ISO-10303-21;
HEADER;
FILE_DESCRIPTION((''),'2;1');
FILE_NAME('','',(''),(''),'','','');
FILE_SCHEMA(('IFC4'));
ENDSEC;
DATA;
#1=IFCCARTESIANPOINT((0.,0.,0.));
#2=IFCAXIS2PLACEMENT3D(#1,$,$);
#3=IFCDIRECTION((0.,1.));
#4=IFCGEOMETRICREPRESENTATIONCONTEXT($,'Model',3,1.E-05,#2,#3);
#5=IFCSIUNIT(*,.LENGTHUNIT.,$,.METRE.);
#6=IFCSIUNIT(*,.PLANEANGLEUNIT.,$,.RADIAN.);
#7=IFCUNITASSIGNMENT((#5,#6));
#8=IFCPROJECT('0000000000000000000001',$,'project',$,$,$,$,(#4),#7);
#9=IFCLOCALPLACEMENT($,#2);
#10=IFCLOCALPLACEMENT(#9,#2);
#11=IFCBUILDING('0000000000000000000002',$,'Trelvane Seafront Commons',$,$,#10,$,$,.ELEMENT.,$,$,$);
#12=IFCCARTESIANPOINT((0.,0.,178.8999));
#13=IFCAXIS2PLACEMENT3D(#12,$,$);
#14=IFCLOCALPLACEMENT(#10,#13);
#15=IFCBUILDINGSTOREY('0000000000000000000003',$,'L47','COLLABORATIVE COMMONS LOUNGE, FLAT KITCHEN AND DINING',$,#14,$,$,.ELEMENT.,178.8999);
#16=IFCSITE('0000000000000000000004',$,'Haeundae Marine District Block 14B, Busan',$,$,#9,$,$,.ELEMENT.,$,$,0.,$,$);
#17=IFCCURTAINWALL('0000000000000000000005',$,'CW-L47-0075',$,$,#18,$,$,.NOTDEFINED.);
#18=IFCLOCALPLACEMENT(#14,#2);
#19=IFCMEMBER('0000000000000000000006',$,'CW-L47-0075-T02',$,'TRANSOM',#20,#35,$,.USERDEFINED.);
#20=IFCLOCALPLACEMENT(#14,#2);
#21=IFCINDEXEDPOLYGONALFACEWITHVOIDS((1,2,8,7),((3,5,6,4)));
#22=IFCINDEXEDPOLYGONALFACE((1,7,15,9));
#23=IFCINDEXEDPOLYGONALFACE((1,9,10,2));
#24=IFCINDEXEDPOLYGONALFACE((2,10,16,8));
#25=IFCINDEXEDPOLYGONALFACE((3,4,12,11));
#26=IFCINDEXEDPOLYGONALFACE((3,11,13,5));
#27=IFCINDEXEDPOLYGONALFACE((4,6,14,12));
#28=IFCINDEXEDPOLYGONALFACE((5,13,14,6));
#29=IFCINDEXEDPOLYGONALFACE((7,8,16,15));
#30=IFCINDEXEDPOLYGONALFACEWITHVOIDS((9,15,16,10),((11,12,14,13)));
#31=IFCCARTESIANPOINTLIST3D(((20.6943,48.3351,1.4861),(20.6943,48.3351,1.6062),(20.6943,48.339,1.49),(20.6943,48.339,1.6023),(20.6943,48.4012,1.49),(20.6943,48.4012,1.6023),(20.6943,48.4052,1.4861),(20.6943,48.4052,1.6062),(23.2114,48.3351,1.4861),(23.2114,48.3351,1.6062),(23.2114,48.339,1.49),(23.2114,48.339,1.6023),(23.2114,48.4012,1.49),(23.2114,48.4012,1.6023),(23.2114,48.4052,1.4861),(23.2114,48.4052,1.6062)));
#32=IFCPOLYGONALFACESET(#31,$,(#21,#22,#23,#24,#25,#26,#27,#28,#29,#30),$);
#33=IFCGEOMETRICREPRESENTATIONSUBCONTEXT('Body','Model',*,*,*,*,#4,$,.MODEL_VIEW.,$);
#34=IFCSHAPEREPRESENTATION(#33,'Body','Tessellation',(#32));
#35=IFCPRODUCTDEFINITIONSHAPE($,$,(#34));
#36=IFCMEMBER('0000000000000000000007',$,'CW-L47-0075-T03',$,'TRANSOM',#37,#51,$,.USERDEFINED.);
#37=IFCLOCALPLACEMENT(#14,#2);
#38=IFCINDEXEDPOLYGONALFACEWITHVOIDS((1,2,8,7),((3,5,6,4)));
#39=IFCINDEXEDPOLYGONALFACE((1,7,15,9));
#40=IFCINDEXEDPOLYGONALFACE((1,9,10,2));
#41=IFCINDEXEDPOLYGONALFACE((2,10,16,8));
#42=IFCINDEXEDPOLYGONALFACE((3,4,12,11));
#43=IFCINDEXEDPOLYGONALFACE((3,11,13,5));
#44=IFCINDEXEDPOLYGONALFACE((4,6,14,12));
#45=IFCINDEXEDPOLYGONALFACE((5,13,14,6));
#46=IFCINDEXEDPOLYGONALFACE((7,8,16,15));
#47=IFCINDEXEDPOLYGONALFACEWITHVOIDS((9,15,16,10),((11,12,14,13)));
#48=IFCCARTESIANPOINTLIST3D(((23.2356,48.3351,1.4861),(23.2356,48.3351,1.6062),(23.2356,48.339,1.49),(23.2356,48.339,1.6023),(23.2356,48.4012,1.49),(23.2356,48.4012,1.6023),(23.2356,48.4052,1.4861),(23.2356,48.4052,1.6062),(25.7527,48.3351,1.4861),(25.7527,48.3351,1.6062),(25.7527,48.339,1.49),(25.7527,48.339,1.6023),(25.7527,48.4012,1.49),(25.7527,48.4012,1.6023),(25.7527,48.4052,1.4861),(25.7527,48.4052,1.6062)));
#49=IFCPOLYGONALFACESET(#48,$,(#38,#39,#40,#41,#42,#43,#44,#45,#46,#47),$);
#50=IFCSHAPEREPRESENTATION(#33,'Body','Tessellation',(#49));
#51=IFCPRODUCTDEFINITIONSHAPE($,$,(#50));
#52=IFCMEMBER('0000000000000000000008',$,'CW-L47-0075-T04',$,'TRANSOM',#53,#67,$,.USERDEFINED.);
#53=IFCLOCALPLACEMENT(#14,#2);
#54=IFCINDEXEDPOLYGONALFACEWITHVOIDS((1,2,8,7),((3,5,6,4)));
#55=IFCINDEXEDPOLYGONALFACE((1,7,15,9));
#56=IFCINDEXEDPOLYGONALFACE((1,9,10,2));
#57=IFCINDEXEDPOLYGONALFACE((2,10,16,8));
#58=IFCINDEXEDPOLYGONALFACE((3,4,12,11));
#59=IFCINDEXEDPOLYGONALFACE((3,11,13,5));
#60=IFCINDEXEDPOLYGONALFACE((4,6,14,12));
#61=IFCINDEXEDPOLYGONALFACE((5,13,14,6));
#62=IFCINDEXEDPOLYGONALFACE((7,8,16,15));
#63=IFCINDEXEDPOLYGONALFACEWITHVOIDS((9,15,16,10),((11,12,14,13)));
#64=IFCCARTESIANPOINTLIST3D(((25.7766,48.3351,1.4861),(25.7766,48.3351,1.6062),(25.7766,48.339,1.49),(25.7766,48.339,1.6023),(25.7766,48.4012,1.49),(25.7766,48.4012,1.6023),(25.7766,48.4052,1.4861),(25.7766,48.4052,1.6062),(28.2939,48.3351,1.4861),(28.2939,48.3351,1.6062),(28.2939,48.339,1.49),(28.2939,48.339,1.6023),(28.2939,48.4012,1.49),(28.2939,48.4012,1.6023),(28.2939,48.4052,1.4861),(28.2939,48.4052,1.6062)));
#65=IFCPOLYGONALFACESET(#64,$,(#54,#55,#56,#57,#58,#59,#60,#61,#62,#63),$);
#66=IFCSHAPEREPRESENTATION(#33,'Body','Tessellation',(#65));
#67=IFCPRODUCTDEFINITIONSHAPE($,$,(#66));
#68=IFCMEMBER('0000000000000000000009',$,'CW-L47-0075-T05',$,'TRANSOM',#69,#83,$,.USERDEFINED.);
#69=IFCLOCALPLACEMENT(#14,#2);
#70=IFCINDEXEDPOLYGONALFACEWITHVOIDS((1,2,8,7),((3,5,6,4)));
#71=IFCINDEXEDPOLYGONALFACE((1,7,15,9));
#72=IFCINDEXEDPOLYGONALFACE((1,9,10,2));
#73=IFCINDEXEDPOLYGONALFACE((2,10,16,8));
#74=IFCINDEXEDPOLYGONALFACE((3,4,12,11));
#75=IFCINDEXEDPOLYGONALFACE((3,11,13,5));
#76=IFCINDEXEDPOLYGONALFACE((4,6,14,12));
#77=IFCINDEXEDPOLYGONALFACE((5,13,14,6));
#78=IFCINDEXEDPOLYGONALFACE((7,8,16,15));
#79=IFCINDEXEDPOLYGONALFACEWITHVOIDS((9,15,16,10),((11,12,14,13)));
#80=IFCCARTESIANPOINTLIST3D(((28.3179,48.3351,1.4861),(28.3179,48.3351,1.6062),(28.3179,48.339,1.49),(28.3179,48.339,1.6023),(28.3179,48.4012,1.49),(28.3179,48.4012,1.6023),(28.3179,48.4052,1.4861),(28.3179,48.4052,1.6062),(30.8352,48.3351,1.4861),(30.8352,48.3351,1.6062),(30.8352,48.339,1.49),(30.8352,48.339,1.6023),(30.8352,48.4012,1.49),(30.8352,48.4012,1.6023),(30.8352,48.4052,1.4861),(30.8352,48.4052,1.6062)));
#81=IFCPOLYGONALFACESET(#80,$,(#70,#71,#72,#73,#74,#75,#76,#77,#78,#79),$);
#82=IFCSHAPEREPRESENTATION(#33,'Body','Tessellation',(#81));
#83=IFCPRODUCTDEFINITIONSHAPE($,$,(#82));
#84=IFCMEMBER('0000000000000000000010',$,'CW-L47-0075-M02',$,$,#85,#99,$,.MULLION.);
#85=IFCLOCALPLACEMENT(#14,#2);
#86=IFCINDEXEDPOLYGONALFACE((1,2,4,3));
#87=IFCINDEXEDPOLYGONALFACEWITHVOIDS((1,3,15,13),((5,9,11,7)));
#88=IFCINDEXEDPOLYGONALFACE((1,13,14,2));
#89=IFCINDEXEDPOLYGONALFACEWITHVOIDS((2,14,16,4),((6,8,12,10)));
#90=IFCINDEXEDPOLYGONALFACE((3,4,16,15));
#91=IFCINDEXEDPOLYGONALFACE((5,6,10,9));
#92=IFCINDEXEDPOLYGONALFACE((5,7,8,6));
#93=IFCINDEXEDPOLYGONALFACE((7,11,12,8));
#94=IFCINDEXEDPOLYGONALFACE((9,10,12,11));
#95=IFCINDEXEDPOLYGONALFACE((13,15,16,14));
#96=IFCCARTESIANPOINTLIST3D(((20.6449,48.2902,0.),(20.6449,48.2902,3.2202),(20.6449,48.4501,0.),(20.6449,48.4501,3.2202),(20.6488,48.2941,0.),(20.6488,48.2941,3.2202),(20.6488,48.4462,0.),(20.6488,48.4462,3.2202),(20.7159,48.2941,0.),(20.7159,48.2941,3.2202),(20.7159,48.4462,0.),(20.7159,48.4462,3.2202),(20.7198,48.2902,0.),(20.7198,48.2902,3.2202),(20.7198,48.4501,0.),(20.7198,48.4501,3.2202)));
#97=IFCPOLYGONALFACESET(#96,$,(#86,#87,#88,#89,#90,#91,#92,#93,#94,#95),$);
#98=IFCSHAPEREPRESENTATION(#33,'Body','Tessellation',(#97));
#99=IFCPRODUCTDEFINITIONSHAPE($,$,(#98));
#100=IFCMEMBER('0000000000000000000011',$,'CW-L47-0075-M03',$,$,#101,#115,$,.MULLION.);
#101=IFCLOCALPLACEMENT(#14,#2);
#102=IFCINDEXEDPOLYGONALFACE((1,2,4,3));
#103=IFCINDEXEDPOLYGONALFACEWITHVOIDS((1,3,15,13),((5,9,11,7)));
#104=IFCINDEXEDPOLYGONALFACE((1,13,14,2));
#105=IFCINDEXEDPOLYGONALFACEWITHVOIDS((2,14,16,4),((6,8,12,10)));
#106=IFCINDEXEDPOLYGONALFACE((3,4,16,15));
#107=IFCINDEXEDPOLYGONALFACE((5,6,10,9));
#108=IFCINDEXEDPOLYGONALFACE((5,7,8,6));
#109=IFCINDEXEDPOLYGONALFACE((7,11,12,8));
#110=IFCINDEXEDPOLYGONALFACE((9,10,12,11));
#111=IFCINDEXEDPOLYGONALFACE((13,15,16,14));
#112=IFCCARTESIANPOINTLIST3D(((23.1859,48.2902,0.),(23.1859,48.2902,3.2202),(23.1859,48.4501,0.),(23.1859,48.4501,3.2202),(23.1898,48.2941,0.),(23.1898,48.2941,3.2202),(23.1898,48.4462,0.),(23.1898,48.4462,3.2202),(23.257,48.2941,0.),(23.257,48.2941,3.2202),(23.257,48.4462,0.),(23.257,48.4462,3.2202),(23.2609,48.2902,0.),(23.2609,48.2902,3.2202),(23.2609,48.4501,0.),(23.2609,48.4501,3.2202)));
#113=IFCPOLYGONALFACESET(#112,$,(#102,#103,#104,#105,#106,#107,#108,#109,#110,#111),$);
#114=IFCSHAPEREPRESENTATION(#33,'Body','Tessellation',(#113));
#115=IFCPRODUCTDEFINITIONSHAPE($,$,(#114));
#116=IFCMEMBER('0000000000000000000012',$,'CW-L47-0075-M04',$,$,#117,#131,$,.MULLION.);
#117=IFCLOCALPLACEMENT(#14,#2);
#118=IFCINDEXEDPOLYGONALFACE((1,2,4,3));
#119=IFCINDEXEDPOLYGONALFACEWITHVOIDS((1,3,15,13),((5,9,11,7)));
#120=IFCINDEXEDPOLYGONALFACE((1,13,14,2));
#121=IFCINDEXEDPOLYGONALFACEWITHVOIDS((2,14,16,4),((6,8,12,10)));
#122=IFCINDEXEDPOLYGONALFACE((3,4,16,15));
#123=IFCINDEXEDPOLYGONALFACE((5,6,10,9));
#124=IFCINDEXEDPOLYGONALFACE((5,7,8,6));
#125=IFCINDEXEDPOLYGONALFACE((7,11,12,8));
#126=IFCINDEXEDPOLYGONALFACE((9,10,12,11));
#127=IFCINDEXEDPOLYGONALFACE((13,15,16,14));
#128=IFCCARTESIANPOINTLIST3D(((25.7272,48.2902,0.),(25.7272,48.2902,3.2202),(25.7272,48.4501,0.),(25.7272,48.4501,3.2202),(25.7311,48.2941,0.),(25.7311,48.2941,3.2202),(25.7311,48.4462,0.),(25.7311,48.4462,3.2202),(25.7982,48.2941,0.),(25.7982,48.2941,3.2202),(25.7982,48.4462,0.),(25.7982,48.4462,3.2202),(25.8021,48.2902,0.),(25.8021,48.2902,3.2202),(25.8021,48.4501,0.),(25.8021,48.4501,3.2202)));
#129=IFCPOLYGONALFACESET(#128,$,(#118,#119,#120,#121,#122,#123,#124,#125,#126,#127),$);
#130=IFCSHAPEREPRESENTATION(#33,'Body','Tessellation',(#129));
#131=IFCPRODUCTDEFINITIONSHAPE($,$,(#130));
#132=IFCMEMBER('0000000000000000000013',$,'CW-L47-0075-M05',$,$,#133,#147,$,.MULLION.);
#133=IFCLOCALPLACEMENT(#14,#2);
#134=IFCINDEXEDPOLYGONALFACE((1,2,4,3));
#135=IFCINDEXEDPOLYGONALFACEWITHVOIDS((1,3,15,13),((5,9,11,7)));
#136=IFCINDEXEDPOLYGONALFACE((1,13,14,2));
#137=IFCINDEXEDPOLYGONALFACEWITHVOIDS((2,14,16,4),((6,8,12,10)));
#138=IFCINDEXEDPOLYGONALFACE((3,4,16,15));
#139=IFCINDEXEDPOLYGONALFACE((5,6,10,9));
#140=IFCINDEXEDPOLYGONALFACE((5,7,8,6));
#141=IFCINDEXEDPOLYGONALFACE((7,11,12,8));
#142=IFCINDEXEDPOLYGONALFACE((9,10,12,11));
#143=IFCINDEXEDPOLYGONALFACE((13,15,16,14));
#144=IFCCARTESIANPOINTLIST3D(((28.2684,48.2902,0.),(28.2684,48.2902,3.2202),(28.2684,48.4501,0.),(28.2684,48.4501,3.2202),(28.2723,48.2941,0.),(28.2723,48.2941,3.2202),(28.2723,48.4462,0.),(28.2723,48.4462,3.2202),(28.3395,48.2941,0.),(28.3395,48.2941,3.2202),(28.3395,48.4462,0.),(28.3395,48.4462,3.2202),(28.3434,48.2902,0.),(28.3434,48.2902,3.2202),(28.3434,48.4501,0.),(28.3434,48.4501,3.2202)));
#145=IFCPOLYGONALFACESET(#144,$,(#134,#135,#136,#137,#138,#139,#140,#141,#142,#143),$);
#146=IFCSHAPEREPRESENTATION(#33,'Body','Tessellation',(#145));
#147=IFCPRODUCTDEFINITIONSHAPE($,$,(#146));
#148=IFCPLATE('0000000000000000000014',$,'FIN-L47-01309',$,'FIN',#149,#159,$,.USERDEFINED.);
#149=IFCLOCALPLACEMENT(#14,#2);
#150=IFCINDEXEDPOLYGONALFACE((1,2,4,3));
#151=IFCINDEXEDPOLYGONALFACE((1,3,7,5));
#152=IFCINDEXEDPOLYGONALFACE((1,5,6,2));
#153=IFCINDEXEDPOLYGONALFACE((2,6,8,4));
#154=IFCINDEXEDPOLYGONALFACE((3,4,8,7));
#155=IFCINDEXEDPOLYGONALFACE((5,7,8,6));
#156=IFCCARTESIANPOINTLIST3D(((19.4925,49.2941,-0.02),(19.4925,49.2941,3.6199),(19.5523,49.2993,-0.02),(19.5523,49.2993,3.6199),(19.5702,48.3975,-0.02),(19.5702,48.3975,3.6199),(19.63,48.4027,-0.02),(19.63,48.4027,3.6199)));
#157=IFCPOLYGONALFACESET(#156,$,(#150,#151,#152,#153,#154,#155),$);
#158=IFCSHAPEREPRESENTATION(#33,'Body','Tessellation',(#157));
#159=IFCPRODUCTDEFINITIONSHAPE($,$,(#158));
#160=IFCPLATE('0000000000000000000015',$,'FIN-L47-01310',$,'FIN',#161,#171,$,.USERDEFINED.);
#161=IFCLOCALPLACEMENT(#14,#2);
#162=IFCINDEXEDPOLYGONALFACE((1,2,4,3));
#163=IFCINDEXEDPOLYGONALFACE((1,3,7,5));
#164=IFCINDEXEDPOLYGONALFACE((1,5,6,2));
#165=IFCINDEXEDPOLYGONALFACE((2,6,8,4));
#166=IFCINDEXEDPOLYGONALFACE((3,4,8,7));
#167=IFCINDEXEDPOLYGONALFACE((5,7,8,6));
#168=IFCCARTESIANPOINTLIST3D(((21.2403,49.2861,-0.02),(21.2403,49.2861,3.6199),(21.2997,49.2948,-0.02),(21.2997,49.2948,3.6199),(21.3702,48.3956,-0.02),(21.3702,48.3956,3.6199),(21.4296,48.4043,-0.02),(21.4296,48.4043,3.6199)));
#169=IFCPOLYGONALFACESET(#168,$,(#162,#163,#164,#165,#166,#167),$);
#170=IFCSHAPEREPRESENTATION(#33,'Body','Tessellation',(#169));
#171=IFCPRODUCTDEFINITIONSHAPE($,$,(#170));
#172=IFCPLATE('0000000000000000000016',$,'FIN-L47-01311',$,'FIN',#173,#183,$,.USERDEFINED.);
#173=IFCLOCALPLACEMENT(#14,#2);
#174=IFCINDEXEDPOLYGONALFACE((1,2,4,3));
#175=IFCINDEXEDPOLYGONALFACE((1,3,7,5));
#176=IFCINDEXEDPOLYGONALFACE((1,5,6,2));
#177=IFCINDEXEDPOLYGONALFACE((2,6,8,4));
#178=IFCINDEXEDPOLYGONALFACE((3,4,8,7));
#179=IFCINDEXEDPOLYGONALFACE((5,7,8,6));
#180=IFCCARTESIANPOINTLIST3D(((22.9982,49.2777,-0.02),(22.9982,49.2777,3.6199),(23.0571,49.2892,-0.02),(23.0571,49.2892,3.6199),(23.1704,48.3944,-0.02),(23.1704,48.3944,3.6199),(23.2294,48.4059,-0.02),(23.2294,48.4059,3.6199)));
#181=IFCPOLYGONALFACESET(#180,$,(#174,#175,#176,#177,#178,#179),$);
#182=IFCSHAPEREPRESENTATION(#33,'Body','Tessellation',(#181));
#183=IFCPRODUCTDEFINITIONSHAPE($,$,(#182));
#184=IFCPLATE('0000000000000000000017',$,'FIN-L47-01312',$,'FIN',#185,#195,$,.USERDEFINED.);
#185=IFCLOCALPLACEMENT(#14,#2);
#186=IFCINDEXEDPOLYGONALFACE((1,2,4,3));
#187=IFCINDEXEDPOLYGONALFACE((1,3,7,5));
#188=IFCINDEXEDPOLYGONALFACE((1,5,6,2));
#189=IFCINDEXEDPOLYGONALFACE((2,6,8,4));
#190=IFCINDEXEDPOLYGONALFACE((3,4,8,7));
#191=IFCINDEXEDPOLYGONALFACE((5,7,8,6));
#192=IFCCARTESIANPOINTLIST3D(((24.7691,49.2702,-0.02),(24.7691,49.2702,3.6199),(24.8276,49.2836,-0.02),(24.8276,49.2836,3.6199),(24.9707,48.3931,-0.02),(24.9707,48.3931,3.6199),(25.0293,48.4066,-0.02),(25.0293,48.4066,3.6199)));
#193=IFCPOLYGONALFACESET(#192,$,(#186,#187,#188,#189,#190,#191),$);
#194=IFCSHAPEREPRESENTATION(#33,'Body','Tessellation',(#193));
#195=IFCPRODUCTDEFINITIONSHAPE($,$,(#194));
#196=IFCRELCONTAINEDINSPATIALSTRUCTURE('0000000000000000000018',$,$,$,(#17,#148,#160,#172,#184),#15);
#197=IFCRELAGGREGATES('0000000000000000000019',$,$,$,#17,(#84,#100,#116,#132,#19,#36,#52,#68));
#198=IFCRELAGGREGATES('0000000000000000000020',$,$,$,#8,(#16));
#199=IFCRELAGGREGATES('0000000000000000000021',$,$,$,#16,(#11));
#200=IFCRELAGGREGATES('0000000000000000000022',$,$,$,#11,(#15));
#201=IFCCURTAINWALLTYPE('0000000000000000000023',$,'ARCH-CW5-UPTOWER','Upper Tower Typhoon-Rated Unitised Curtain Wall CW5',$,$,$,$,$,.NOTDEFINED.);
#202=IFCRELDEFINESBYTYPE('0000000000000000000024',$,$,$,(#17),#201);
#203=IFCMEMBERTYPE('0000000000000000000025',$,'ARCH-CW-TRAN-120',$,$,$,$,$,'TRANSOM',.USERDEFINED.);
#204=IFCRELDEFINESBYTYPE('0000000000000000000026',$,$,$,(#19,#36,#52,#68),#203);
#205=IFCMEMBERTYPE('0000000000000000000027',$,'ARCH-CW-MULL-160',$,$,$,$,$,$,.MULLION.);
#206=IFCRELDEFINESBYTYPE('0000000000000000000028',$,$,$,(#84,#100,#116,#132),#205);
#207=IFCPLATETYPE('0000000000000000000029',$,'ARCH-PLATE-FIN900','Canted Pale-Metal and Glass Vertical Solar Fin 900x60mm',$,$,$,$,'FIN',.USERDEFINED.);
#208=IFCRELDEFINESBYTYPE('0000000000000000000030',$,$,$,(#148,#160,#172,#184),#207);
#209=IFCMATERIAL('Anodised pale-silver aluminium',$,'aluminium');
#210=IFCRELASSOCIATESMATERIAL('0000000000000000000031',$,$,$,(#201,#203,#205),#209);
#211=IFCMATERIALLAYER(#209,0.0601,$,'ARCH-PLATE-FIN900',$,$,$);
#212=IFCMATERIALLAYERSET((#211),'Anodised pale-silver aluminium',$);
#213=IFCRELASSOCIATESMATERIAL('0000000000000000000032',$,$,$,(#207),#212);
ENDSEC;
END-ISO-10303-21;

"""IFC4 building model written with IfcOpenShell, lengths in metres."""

from ifc_helpers import new_model, si_unit, direction, frame, origin, origin_2d, place, context, subcontext, project, spatial, rectangle, hollow_rectangle, extrude, source, transform, mapped, material, layer, layer_set, material_profile, profile_set, type_object, element, aggregate, save


model = new_model("IFC4")

# Units and contexts
model_context = context("Model", 3, precision=1e-05, world=origin(), true_north=direction((0.0, 1.0)))
body_context = subcontext(model_context, "Body", "Model", "MODEL_VIEW")
ifc_project = project(units=[si_unit("LENGTHUNIT", "METRE"), si_unit("PLANEANGLEUNIT", "RADIAN")], contexts=[model_context])

# Site, building, storey
site_placement = place(None, origin())
site = spatial("IfcSite", under=ifc_project, at=site_placement, Name="Haeundae Marine District Block 14B, Busan", CompositionType="ELEMENT", RefElevation=0.0)
building_placement = place(site_placement, origin())
building = spatial("IfcBuilding", under=site, at=building_placement, Name="Trelvane Seafront Commons", CompositionType="ELEMENT")
storey_placement = place(building_placement, frame((0.0, 0.0, 178.8999)))
storey = spatial("IfcBuildingStorey", under=building, at=storey_placement, Name="L47", Description="COLLABORATIVE COMMONS LOUNGE, FLAT KITCHEN AND DINING", CompositionType="ELEMENT", Elevation=178.8999)

# Curtain wall, members
ifc_material_1 = material(Name="Anodised pale-silver aluminium", Category="aluminium")
curtain_wall_type = type_object("IfcCurtainWallType", Name="ARCH-CW5-UPTOWER", Description="Upper Tower Typhoon-Rated Unitised Curtain Wall CW5", PredefinedType="NOTDEFINED", material=ifc_material_1)
curtain_wall_placement = place(storey_placement, origin())
curtain_wall = element("IfcCurtainWall", 1, at=curtain_wall_placement, inside=storey, type_object=curtain_wall_type, Name="CW-L47-0075", PredefinedType="NOTDEFINED")
ifc_material_profile_1 = material_profile(ifc_material_1, hollow_rectangle(XDim=0.0701, YDim=0.1201, WallThickness=0.0039, at=origin_2d()), Name="TRAN-70x120x4")
ifc_profile_set_1 = profile_set([ifc_material_profile_1], Name="Anodised pale-silver aluminium")
member_type_1 = type_object("IfcMemberType", Name="ARCH-CW-TRAN-120", ElementType="TRANSOM", PredefinedType="USERDEFINED", material=ifc_profile_set_1)
shared_shape_1 = source(origin(), body_context, "Body", "SweptSolid", [
    extrude(hollow_rectangle(XDim=0.0701, YDim=0.1201, WallThickness=0.0039, at=origin_2d()), origin(), (0.0, 0.0, 1.0), 2.5171),
])
member_1_placement = place(storey_placement, frame((20.6943, 48.3701, 1.5461), z_axis=(1.0, 0.0, 0.0), x_axis=(0.0, 1.0, 0.0)))
member_1 = element("IfcMember", 2, at=member_1_placement, type_object=member_type_1, Name="CW-L47-0075-T02", ObjectType="TRANSOM", PredefinedType="USERDEFINED", context=body_context, shape_type="MappedRepresentation", body=[
    mapped(shared_shape_1, transform((0.0, 0.0, 0.0), x_axis=(1.0, 0.0, 0.0), y_axis=(0.0, 1.0, 0.0), z_axis=(0.0, 0.0, 1.0), scale=1.0)),
])
member_2_placement = place(storey_placement, frame((23.2356, 48.3701, 1.5461), z_axis=(1.0, 0.0, 0.0), x_axis=(0.0, 1.0, 0.0)))
member_2 = element("IfcMember", 3, at=member_2_placement, type_object=member_type_1, Name="CW-L47-0075-T03", ObjectType="TRANSOM", PredefinedType="USERDEFINED", context=body_context, shape_type="MappedRepresentation", body=[
    mapped(shared_shape_1, transform((0.0, 0.0, 0.0), x_axis=(1.0, 0.0, 0.0), y_axis=(0.0, 1.0, 0.0), z_axis=(0.0, 0.0, 1.0), scale=1.0)),
])
shared_shape_2 = source(origin(), body_context, "Body", "SweptSolid", [
    extrude(hollow_rectangle(XDim=0.0701, YDim=0.1201, WallThickness=0.0039, at=origin_2d()), origin(), (0.0, 0.0, 1.0), 2.5173),
])
member_3_placement = place(storey_placement, frame((25.7766, 48.3701, 1.5461), z_axis=(1.0, 0.0, 0.0), x_axis=(0.0, 1.0, 0.0)))
member_3 = element("IfcMember", 4, at=member_3_placement, type_object=member_type_1, Name="CW-L47-0075-T04", ObjectType="TRANSOM", PredefinedType="USERDEFINED", context=body_context, shape_type="MappedRepresentation", body=[
    mapped(shared_shape_2, transform((0.0, 0.0, 0.0), x_axis=(1.0, 0.0, 0.0), y_axis=(0.0, 1.0, 0.0), z_axis=(0.0, 0.0, 1.0), scale=1.0)),
])
member_4_placement = place(storey_placement, frame((28.3179, 48.3701, 1.5461), z_axis=(1.0, 0.0, 0.0), x_axis=(0.0, 1.0, 0.0)))
member_4 = element("IfcMember", 5, at=member_4_placement, type_object=member_type_1, Name="CW-L47-0075-T05", ObjectType="TRANSOM", PredefinedType="USERDEFINED", context=body_context, shape_type="MappedRepresentation", body=[
    mapped(shared_shape_2, transform((0.0, 0.0, 0.0), x_axis=(1.0, 0.0, 0.0), y_axis=(0.0, 1.0, 0.0), z_axis=(0.0, 0.0, 1.0), scale=1.0)),
])
ifc_material_profile_2 = material_profile(ifc_material_1, hollow_rectangle(XDim=0.075, YDim=0.1599, WallThickness=0.0039, at=origin_2d()), Name="MULL-75x160x4")
ifc_profile_set_2 = profile_set([ifc_material_profile_2], Name="Anodised pale-silver aluminium")
member_type_2 = type_object("IfcMemberType", Name="ARCH-CW-MULL-160", PredefinedType="MULLION", material=ifc_profile_set_2)
shared_shape_3 = source(origin(), body_context, "Body", "SweptSolid", [
    extrude(hollow_rectangle(XDim=0.075, YDim=0.1599, WallThickness=0.0039, at=origin_2d()), origin(), (0.0, 0.0, 1.0), 3.2202),
])
member_5_placement = place(storey_placement, frame((20.6824, 48.3701, 0.0), z_axis=(0.0, 0.0, 1.0), x_axis=(1.0, 0.0, 0.0)))
member_5 = element("IfcMember", 6, at=member_5_placement, type_object=member_type_2, Name="CW-L47-0075-M02", PredefinedType="MULLION", context=body_context, shape_type="MappedRepresentation", body=[
    mapped(shared_shape_3, transform((0.0, 0.0, 0.0), x_axis=(1.0, 0.0, 0.0), y_axis=(0.0, 1.0, 0.0), z_axis=(0.0, 0.0, 1.0), scale=1.0)),
])
member_6_placement = place(storey_placement, frame((23.2234, 48.3701, 0.0), z_axis=(0.0, 0.0, 1.0), x_axis=(1.0, 0.0, 0.0)))
member_6 = element("IfcMember", 7, at=member_6_placement, type_object=member_type_2, Name="CW-L47-0075-M03", PredefinedType="MULLION", context=body_context, shape_type="MappedRepresentation", body=[
    mapped(shared_shape_3, transform((0.0, 0.0, 0.0), x_axis=(1.0, 0.0, 0.0), y_axis=(0.0, 1.0, 0.0), z_axis=(0.0, 0.0, 1.0), scale=1.0)),
])
member_7_placement = place(storey_placement, frame((25.7646, 48.3701, 0.0), z_axis=(0.0, 0.0, 1.0), x_axis=(1.0, 0.0, 0.0)))
member_7 = element("IfcMember", 8, at=member_7_placement, type_object=member_type_2, Name="CW-L47-0075-M04", PredefinedType="MULLION", context=body_context, shape_type="MappedRepresentation", body=[
    mapped(shared_shape_3, transform((0.0, 0.0, 0.0), x_axis=(1.0, 0.0, 0.0), y_axis=(0.0, 1.0, 0.0), z_axis=(0.0, 0.0, 1.0), scale=1.0)),
])
member_8_placement = place(storey_placement, frame((28.3059, 48.3701, 0.0), z_axis=(0.0, 0.0, 1.0), x_axis=(1.0, 0.0, 0.0)))
member_8 = element("IfcMember", 9, at=member_8_placement, type_object=member_type_2, Name="CW-L47-0075-M05", PredefinedType="MULLION", context=body_context, shape_type="MappedRepresentation", body=[
    mapped(shared_shape_3, transform((0.0, 0.0, 0.0), x_axis=(1.0, 0.0, 0.0), y_axis=(0.0, 1.0, 0.0), z_axis=(0.0, 0.0, 1.0), scale=1.0)),
])

# Plates
ifc_layer_1 = layer(ifc_material_1, 0.0601, Name="ARCH-PLATE-FIN900")
ifc_layer_set_1 = layer_set([ifc_layer_1], Name="Anodised pale-silver aluminium")
plate_type_1 = type_object("IfcPlateType", Name="ARCH-PLATE-FIN900", Description="Canted Pale-Metal and Glass Vertical Solar Fin 900x60mm", ElementType="FIN", PredefinedType="USERDEFINED", material=ifc_layer_set_1)
shared_shape_4 = source(origin(), body_context, "Body", "SweptSolid", [
    extrude(rectangle(XDim=0.8999, YDim=0.0601, at=origin_2d()), origin(), (0.0, 0.0, 1.0), 3.6399),
])
for number, where, z_axis, x_axis, name in (
    (10, (19.5613, 48.8484, -0.02), (0.0, 0.0, 1.0), (-0.086337, 0.996266, 0.0), "FIN-L47-01309"),
    (11, (21.335, 48.8452, -0.02), (0.0, 0.0, 1.0), (-0.14433, 0.98953, 0.0), "FIN-L47-01310"),
    (12, (23.1138, 48.8418, -0.02), (0.0, 0.0, 1.0), (-0.191434, 0.981505, 0.0), "FIN-L47-01311"),
    (13, (24.8992, 48.8384, -0.02), (0.0, 0.0, 1.0), (-0.224113, 0.974563, 0.0), "FIN-L47-01312"),
):
    element("IfcPlate", number, at=place(storey_placement, frame(where, z_axis=z_axis, x_axis=x_axis)), inside=storey, type_object=plate_type_1, Name=name, ObjectType="FIN", PredefinedType="USERDEFINED", context=body_context, shape_type="MappedRepresentation", body=[
        mapped(shared_shape_4, transform((0.0, 0.0, 0.0), x_axis=(1.0, 0.0, 0.0), y_axis=(0.0, 1.0, 0.0), z_axis=(0.0, 0.0, 1.0), scale=1.0)),
    ])

aggregate(curtain_wall, [member_5, member_6, member_7, member_8, member_1, member_2, member_3, member_4])

save(model, "model.ifc")
